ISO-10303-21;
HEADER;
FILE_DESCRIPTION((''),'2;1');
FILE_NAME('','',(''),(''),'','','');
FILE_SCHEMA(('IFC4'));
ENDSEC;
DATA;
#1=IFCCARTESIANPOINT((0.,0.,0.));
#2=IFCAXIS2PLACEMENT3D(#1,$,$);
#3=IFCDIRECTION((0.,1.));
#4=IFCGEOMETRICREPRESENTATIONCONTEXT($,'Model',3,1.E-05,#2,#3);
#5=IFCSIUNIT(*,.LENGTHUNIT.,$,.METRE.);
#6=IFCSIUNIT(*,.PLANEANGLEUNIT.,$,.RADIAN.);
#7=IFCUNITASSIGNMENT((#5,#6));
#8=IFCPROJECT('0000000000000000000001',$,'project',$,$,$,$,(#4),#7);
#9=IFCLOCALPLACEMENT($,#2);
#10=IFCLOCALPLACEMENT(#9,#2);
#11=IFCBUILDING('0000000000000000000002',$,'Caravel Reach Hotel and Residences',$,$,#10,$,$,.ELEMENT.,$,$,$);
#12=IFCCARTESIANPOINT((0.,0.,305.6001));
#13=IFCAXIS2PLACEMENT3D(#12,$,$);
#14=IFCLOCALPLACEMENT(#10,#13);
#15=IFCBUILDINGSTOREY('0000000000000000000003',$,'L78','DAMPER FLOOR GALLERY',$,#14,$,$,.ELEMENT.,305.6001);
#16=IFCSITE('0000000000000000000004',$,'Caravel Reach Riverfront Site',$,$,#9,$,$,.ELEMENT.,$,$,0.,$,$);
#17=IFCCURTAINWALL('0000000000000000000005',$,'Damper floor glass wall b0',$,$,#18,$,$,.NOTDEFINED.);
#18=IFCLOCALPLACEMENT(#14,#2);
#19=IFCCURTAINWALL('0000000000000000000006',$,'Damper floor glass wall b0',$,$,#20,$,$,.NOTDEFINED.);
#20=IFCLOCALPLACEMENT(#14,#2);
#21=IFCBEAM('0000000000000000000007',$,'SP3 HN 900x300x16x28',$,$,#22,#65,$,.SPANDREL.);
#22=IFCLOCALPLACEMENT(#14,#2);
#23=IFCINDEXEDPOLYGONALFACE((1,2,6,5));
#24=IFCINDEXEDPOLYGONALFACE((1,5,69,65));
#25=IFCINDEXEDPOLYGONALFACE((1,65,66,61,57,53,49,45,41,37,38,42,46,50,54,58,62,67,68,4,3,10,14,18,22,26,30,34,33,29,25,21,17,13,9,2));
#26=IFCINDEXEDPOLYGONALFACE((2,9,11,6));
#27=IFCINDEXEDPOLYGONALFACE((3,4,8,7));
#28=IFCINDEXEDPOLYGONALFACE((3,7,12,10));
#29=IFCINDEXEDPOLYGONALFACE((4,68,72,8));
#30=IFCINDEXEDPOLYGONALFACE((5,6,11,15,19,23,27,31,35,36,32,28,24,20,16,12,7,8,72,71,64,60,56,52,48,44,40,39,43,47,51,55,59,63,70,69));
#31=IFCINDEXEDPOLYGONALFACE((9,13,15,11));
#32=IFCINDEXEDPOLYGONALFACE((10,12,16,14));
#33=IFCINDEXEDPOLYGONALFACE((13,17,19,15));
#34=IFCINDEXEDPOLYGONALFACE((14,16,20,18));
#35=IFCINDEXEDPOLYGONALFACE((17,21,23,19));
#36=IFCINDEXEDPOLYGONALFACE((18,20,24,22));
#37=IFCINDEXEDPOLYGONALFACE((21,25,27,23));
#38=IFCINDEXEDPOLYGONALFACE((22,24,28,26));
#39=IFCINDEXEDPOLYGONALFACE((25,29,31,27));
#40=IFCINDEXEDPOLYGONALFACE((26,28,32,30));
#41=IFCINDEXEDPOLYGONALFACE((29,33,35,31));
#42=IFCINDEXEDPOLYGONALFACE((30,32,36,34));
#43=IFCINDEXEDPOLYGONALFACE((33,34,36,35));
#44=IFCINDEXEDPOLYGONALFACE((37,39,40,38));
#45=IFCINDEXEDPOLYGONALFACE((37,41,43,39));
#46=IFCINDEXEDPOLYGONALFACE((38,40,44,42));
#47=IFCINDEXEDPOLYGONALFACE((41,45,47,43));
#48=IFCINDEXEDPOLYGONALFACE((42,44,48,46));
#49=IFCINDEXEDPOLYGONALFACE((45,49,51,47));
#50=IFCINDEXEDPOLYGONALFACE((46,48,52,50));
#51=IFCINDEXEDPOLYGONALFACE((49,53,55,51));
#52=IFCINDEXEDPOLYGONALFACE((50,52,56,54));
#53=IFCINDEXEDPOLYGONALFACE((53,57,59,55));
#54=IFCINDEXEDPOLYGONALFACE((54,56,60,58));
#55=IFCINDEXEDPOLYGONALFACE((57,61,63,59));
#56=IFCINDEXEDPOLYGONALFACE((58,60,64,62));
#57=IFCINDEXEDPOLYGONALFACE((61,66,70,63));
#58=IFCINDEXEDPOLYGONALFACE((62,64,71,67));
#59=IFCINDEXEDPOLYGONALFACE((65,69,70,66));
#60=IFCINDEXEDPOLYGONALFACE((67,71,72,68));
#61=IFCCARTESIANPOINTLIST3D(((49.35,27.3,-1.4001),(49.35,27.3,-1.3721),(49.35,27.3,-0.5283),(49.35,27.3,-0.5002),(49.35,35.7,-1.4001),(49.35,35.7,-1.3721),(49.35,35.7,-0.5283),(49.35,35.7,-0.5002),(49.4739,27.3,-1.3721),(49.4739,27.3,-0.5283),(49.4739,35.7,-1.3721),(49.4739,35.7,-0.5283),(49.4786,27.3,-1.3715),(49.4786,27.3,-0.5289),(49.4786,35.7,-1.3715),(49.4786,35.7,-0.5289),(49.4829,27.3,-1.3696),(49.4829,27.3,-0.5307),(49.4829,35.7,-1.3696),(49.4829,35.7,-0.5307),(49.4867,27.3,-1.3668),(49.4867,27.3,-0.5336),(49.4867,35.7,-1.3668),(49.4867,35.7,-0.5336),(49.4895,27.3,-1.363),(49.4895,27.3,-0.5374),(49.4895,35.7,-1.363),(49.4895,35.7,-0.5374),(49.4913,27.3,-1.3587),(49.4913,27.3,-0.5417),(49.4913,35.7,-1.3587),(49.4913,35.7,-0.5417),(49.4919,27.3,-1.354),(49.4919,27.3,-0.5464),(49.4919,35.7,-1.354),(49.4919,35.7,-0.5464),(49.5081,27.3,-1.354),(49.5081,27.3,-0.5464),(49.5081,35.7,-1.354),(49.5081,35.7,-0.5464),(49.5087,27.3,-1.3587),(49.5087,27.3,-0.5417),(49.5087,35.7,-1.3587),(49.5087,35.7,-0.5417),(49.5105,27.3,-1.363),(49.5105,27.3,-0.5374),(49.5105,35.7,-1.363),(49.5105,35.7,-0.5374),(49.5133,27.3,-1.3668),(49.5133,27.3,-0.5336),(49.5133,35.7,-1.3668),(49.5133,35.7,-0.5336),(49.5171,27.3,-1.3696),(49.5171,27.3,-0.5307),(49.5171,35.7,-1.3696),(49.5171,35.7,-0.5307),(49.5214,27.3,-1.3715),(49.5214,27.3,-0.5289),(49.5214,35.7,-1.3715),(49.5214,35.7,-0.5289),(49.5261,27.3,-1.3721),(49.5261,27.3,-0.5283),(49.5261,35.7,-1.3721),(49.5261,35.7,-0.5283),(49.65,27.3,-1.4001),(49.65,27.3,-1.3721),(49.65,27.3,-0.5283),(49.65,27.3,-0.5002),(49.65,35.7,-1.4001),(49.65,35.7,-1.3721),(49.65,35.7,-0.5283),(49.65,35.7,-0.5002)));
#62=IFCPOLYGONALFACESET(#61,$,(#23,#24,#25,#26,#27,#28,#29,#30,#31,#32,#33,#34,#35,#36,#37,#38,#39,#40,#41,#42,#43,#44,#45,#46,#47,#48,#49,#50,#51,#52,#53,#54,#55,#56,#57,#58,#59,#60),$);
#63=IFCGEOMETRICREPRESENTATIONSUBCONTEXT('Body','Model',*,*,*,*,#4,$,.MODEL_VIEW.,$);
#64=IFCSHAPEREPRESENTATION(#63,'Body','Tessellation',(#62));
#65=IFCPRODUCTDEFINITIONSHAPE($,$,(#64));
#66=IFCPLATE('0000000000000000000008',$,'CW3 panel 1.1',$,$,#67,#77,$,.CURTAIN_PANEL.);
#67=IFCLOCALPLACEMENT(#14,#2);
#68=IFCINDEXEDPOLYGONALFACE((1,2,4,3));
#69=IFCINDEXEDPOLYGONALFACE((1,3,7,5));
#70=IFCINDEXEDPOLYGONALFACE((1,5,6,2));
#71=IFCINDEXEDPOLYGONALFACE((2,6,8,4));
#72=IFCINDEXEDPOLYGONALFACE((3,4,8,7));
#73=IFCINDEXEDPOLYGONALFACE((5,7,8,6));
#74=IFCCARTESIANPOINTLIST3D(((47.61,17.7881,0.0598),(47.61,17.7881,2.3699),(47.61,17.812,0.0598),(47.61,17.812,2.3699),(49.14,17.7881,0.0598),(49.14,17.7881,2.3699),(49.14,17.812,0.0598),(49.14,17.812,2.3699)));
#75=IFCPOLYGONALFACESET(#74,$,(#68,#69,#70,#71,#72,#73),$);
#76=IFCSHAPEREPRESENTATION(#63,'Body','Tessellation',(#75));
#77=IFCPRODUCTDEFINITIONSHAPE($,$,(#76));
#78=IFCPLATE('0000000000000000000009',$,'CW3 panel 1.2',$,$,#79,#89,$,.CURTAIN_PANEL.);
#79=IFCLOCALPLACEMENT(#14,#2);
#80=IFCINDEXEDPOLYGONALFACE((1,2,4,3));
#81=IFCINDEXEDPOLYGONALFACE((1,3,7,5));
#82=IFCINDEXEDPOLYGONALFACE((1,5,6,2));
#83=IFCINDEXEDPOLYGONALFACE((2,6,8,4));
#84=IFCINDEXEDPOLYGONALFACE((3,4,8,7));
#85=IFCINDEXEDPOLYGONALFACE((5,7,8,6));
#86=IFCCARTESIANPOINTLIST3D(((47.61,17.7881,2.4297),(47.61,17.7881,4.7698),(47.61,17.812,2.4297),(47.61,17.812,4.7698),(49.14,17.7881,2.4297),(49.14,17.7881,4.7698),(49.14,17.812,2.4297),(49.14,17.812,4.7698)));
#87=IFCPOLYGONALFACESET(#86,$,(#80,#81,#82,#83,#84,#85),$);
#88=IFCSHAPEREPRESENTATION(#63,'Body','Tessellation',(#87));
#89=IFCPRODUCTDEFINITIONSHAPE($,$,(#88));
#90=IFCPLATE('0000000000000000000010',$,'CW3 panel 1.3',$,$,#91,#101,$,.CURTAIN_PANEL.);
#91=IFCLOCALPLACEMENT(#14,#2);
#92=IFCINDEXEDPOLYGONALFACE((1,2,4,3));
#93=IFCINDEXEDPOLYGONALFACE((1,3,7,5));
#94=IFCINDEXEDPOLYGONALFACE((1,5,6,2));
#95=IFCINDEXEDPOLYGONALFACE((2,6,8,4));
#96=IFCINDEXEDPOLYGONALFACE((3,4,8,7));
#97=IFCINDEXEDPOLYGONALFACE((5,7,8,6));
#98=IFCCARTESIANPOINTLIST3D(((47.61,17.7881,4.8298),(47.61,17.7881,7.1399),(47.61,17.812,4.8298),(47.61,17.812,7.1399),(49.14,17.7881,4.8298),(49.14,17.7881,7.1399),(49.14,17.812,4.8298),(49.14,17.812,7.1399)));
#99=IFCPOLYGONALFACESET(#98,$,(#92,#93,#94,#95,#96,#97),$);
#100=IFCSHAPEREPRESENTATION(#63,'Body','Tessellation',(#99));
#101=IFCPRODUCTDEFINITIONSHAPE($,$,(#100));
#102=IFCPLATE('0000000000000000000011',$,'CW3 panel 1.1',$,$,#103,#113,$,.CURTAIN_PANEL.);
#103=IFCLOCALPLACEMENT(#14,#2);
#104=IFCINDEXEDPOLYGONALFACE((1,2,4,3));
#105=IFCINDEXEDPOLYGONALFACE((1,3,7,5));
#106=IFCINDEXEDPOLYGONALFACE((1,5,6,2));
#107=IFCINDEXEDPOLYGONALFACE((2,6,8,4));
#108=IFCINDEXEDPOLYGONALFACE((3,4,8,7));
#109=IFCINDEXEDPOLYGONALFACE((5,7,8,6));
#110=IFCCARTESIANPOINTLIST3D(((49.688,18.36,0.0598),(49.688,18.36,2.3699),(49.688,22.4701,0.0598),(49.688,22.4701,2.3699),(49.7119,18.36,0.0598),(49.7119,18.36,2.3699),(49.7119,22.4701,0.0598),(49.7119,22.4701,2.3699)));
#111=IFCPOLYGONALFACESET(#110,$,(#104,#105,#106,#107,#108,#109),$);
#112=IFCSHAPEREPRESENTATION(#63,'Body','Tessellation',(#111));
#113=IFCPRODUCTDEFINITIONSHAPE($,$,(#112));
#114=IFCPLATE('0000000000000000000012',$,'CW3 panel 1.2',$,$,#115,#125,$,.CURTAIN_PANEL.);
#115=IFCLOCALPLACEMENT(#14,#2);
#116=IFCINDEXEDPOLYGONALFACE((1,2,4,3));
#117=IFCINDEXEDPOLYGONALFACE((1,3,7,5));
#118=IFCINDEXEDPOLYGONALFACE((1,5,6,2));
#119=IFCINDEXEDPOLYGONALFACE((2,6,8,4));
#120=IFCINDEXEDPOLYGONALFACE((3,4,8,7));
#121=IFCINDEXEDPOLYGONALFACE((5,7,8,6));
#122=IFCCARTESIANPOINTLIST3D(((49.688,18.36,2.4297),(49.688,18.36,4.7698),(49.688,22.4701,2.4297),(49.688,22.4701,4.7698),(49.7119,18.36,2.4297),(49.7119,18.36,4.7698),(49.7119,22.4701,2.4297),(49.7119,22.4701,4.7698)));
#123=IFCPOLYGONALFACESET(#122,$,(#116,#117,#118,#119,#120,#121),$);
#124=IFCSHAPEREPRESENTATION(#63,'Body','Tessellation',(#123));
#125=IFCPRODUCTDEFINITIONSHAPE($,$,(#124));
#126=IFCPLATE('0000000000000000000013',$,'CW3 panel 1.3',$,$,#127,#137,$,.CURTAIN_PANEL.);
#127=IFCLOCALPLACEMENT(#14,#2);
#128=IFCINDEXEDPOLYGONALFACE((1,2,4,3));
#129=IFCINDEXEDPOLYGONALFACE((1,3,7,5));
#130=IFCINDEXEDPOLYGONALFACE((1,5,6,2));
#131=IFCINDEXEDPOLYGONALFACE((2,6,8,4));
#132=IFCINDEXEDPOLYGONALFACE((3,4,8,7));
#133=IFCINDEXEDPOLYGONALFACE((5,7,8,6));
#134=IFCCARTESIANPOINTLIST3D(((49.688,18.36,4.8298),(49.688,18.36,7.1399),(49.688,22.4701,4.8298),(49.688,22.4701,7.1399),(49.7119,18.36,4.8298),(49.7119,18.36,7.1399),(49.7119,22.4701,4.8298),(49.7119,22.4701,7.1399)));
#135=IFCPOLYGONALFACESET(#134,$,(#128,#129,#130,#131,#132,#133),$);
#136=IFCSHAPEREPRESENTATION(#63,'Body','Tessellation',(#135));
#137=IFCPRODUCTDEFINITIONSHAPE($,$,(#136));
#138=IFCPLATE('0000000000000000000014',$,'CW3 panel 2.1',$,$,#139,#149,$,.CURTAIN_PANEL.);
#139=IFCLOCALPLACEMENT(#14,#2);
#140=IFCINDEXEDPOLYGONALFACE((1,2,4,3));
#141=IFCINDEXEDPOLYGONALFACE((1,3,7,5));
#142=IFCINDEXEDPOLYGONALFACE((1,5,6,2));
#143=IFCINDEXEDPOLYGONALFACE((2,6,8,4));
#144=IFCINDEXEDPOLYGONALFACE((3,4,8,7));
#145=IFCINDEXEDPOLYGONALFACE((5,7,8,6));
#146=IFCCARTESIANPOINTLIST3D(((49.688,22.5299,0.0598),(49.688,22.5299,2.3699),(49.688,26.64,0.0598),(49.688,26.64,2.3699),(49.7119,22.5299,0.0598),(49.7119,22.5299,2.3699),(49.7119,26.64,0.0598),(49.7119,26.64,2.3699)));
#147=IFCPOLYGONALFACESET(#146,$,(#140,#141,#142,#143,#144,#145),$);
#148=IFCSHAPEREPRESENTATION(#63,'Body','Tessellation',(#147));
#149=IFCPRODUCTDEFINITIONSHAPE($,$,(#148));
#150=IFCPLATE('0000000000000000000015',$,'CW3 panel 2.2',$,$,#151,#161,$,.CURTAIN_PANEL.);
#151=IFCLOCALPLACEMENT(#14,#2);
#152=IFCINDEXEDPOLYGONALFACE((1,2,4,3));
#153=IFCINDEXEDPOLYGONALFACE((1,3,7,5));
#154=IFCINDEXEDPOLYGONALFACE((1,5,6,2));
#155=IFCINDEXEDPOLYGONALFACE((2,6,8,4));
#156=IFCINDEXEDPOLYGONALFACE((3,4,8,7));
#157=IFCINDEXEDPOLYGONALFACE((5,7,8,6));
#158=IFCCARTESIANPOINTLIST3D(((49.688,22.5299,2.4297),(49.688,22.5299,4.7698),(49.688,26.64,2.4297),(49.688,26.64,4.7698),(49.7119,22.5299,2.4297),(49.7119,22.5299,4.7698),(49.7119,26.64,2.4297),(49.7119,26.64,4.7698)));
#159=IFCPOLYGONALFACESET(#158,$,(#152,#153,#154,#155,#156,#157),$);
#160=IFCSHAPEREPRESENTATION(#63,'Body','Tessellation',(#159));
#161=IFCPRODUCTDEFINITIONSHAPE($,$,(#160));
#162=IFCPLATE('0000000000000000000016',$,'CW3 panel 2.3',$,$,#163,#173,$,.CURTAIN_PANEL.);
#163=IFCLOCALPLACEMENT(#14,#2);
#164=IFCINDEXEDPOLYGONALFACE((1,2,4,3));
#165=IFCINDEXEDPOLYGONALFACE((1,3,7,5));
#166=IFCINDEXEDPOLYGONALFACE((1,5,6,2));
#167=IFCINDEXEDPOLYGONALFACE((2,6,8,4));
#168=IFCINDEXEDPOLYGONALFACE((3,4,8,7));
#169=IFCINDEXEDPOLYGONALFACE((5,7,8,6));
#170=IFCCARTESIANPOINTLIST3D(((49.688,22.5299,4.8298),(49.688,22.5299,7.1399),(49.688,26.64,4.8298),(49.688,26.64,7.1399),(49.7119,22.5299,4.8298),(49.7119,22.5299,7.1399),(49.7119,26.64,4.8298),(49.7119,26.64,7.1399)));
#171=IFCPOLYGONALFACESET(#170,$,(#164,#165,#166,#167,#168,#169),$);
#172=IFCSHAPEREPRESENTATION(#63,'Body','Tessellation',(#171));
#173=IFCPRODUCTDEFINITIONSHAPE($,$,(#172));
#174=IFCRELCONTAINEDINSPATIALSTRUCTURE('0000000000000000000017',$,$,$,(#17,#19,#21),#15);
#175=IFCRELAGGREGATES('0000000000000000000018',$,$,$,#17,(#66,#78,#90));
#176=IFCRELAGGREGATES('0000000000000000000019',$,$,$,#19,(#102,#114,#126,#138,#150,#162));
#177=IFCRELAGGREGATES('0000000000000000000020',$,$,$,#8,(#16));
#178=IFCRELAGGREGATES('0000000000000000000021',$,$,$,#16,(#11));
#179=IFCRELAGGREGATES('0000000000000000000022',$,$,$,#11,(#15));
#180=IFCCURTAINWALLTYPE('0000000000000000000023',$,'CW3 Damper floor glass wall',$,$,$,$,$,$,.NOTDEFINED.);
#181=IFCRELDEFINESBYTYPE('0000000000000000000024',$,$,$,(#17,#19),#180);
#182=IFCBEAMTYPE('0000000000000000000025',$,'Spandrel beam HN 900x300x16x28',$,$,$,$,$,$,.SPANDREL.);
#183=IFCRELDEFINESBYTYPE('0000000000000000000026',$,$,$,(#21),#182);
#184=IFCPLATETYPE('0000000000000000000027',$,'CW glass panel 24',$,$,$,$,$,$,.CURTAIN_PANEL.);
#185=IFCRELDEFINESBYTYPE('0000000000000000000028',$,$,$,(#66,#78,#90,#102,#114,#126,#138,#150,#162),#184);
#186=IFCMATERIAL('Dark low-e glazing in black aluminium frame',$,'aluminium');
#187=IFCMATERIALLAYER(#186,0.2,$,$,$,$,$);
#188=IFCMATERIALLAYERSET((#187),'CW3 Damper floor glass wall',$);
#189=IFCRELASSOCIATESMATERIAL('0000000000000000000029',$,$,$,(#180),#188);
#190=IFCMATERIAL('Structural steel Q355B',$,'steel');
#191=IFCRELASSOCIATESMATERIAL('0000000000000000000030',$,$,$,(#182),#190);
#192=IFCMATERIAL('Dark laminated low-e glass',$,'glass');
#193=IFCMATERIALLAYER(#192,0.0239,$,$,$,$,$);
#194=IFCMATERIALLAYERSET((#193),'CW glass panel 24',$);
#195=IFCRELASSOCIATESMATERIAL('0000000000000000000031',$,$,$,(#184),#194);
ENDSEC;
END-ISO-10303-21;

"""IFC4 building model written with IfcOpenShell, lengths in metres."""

from ifc_helpers import new_model, si_unit, direction, frame, origin, origin_2d, place, context, subcontext, project, spatial, rectangle, i_section, extrude, material, layer, layer_set, material_profile, profile_set, type_object, element, aggregate, save


model = new_model("IFC4")

# Units and contexts
model_context = context("Model", 3, precision=1e-05, world=origin(), true_north=direction((0.0, 1.0)))
body_context = subcontext(model_context, "Body", "Model", "MODEL_VIEW")
ifc_project = project(units=[si_unit("LENGTHUNIT", "METRE"), si_unit("PLANEANGLEUNIT", "RADIAN")], contexts=[model_context])

# Site, building, storey
site_placement = place(None, origin())
site = spatial("IfcSite", under=ifc_project, at=site_placement, Name="Caravel Reach Riverfront Site", CompositionType="ELEMENT", RefElevation=0.0)
building_placement = place(site_placement, origin())
building = spatial("IfcBuilding", under=site, at=building_placement, Name="Caravel Reach Hotel and Residences", CompositionType="ELEMENT")
storey_placement = place(building_placement, frame((0.0, 0.0, 305.6001)))
storey = spatial("IfcBuildingStorey", under=building, at=storey_placement, Name="L78", Description="DAMPER FLOOR GALLERY", CompositionType="ELEMENT", Elevation=305.6001)

# Curtain wall
ifc_material_1 = material(Name="Dark low-e glazing in black aluminium frame", Category="aluminium")
ifc_layer_1 = layer(ifc_material_1, 0.2)
ifc_layer_set_1 = layer_set([ifc_layer_1], Name="CW3 Damper floor glass wall")
curtain_wall_type = type_object("IfcCurtainWallType", Name="CW3 Damper floor glass wall", PredefinedType="NOTDEFINED", material=ifc_layer_set_1)
curtain_wall_1_placement = place(storey_placement, origin())
curtain_wall_1 = element("IfcCurtainWall", 1, at=curtain_wall_1_placement, inside=storey, type_object=curtain_wall_type, Name="Damper floor glass wall b0", PredefinedType="NOTDEFINED")

# Curtain wall
curtain_wall_2_placement = place(storey_placement, origin())
curtain_wall_2 = element("IfcCurtainWall", 2, at=curtain_wall_2_placement, inside=storey, type_object=curtain_wall_type, Name="Damper floor glass wall b0", PredefinedType="NOTDEFINED")

# Beam
ifc_material_2 = material(Name="Structural steel Q355B", Category="steel")
ifc_material_profile_1 = material_profile(ifc_material_2, i_section(OverallWidth=0.3, OverallDepth=0.8999, WebThickness=0.0161, FlangeThickness=0.0281, FilletRadius=0.0181, at=origin_2d()), Name="HN 900x300x16x28")
ifc_profile_set_1 = profile_set([ifc_material_profile_1], Name="Structural steel Q355B")
beam_type = type_object("IfcBeamType", Name="Spandrel beam HN 900x300x16x28", PredefinedType="SPANDREL", material=ifc_profile_set_1)
for number, where, z_axis, x_axis, name in (
    (3, (49.5, 27.3, -0.9502), (0.0, 1.0, 0.0), (-1.0, 0.0, 0.0), "SP3 HN 900x300x16x28"),
):
    element("IfcBeam", number, at=place(storey_placement, frame(where, z_axis=z_axis, x_axis=x_axis)), inside=storey, type_object=beam_type, Name=name, PredefinedType="SPANDREL", context=body_context, shape_type="SweptSolid", body=[
        extrude(i_section(OverallWidth=0.3, OverallDepth=0.8999, WebThickness=0.0161, FlangeThickness=0.0281, FilletRadius=0.0181, at=origin_2d()), origin(), (0.0, 0.0, 1.0), 8.3999),
    ])

# Plates
ifc_material_3 = material(Name="Dark laminated low-e glass", Category="glass")
ifc_layer_2 = layer(ifc_material_3, 0.0239)
ifc_layer_set_2 = layer_set([ifc_layer_2], Name="CW glass panel 24")
plate_type = type_object("IfcPlateType", Name="CW glass panel 24", PredefinedType="CURTAIN_PANEL", material=ifc_layer_set_2)
plate_1_placement = place(storey_placement, frame((48.375, 17.8, 0.0598), z_axis=(0.0, 0.0, 1.0), x_axis=(1.0, 0.0, 0.0)))
plate_1 = element("IfcPlate", 4, at=plate_1_placement, type_object=plate_type, Name="CW3 panel 1.1", PredefinedType="CURTAIN_PANEL", context=body_context, shape_type="SweptSolid", body=[
    extrude(rectangle(XDim=1.53, YDim=0.0239, at=origin_2d()), origin(), (0.0, 0.0, 1.0), 2.3101),
])
plate_2_placement = place(storey_placement, frame((48.375, 17.8, 2.4297), z_axis=(0.0, 0.0, 1.0), x_axis=(1.0, 0.0, 0.0)))
plate_2 = element("IfcPlate", 5, at=plate_2_placement, type_object=plate_type, Name="CW3 panel 1.2", PredefinedType="CURTAIN_PANEL", context=body_context, shape_type="SweptSolid", body=[
    extrude(rectangle(XDim=1.53, YDim=0.0239, at=origin_2d()), origin(), (0.0, 0.0, 1.0), 2.3401),
])
plate_3_placement = place(storey_placement, frame((48.375, 17.8, 4.8298), z_axis=(0.0, 0.0, 1.0), x_axis=(1.0, 0.0, 0.0)))
plate_3 = element("IfcPlate", 6, at=plate_3_placement, type_object=plate_type, Name="CW3 panel 1.3", PredefinedType="CURTAIN_PANEL", context=body_context, shape_type="SweptSolid", body=[
    extrude(rectangle(XDim=1.53, YDim=0.0239, at=origin_2d()), origin(), (0.0, 0.0, 1.0), 2.3101),
])
aggregate(curtain_wall_1, [plate_1, plate_2, plate_3])
plate_4_placement = place(storey_placement, frame((49.7, 20.415, 0.0598), z_axis=(0.0, 0.0, 1.0), x_axis=(0.0, 1.0, 0.0)))
plate_4 = element("IfcPlate", 7, at=plate_4_placement, type_object=plate_type, Name="CW3 panel 1.1", PredefinedType="CURTAIN_PANEL", context=body_context, shape_type="SweptSolid", body=[
    extrude(rectangle(XDim=4.1101, YDim=0.0239, at=origin_2d()), origin(), (0.0, 0.0, 1.0), 2.3101),
])
plate_5_placement = place(storey_placement, frame((49.7, 20.415, 2.4297), z_axis=(0.0, 0.0, 1.0), x_axis=(0.0, 1.0, 0.0)))
plate_5 = element("IfcPlate", 8, at=plate_5_placement, type_object=plate_type, Name="CW3 panel 1.2", PredefinedType="CURTAIN_PANEL", context=body_context, shape_type="SweptSolid", body=[
    extrude(rectangle(XDim=4.1101, YDim=0.0239, at=origin_2d()), origin(), (0.0, 0.0, 1.0), 2.3401),
])
plate_6_placement = place(storey_placement, frame((49.7, 20.415, 4.8298), z_axis=(0.0, 0.0, 1.0), x_axis=(0.0, 1.0, 0.0)))
plate_6 = element("IfcPlate", 9, at=plate_6_placement, type_object=plate_type, Name="CW3 panel 1.3", PredefinedType="CURTAIN_PANEL", context=body_context, shape_type="SweptSolid", body=[
    extrude(rectangle(XDim=4.1101, YDim=0.0239, at=origin_2d()), origin(), (0.0, 0.0, 1.0), 2.3101),
])
plate_7_placement = place(storey_placement, frame((49.7, 24.585, 0.0598), z_axis=(0.0, 0.0, 1.0), x_axis=(0.0, 1.0, 0.0)))
plate_7 = element("IfcPlate", 10, at=plate_7_placement, type_object=plate_type, Name="CW3 panel 2.1", PredefinedType="CURTAIN_PANEL", context=body_context, shape_type="SweptSolid", body=[
    extrude(rectangle(XDim=4.1101, YDim=0.0239, at=origin_2d()), origin(), (0.0, 0.0, 1.0), 2.3101),
])
plate_8_placement = place(storey_placement, frame((49.7, 24.585, 2.4297), z_axis=(0.0, 0.0, 1.0), x_axis=(0.0, 1.0, 0.0)))
plate_8 = element("IfcPlate", 11, at=plate_8_placement, type_object=plate_type, Name="CW3 panel 2.2", PredefinedType="CURTAIN_PANEL", context=body_context, shape_type="SweptSolid", body=[
    extrude(rectangle(XDim=4.1101, YDim=0.0239, at=origin_2d()), origin(), (0.0, 0.0, 1.0), 2.3401),
])
plate_9_placement = place(storey_placement, frame((49.7, 24.585, 4.8298), z_axis=(0.0, 0.0, 1.0), x_axis=(0.0, 1.0, 0.0)))
plate_9 = element("IfcPlate", 12, at=plate_9_placement, type_object=plate_type, Name="CW3 panel 2.3", PredefinedType="CURTAIN_PANEL", context=body_context, shape_type="SweptSolid", body=[
    extrude(rectangle(XDim=4.1101, YDim=0.0239, at=origin_2d()), origin(), (0.0, 0.0, 1.0), 2.3101),
])
aggregate(curtain_wall_2, [plate_4, plate_5, plate_6, plate_7, plate_8, plate_9])

save(model, "model.ifc")
